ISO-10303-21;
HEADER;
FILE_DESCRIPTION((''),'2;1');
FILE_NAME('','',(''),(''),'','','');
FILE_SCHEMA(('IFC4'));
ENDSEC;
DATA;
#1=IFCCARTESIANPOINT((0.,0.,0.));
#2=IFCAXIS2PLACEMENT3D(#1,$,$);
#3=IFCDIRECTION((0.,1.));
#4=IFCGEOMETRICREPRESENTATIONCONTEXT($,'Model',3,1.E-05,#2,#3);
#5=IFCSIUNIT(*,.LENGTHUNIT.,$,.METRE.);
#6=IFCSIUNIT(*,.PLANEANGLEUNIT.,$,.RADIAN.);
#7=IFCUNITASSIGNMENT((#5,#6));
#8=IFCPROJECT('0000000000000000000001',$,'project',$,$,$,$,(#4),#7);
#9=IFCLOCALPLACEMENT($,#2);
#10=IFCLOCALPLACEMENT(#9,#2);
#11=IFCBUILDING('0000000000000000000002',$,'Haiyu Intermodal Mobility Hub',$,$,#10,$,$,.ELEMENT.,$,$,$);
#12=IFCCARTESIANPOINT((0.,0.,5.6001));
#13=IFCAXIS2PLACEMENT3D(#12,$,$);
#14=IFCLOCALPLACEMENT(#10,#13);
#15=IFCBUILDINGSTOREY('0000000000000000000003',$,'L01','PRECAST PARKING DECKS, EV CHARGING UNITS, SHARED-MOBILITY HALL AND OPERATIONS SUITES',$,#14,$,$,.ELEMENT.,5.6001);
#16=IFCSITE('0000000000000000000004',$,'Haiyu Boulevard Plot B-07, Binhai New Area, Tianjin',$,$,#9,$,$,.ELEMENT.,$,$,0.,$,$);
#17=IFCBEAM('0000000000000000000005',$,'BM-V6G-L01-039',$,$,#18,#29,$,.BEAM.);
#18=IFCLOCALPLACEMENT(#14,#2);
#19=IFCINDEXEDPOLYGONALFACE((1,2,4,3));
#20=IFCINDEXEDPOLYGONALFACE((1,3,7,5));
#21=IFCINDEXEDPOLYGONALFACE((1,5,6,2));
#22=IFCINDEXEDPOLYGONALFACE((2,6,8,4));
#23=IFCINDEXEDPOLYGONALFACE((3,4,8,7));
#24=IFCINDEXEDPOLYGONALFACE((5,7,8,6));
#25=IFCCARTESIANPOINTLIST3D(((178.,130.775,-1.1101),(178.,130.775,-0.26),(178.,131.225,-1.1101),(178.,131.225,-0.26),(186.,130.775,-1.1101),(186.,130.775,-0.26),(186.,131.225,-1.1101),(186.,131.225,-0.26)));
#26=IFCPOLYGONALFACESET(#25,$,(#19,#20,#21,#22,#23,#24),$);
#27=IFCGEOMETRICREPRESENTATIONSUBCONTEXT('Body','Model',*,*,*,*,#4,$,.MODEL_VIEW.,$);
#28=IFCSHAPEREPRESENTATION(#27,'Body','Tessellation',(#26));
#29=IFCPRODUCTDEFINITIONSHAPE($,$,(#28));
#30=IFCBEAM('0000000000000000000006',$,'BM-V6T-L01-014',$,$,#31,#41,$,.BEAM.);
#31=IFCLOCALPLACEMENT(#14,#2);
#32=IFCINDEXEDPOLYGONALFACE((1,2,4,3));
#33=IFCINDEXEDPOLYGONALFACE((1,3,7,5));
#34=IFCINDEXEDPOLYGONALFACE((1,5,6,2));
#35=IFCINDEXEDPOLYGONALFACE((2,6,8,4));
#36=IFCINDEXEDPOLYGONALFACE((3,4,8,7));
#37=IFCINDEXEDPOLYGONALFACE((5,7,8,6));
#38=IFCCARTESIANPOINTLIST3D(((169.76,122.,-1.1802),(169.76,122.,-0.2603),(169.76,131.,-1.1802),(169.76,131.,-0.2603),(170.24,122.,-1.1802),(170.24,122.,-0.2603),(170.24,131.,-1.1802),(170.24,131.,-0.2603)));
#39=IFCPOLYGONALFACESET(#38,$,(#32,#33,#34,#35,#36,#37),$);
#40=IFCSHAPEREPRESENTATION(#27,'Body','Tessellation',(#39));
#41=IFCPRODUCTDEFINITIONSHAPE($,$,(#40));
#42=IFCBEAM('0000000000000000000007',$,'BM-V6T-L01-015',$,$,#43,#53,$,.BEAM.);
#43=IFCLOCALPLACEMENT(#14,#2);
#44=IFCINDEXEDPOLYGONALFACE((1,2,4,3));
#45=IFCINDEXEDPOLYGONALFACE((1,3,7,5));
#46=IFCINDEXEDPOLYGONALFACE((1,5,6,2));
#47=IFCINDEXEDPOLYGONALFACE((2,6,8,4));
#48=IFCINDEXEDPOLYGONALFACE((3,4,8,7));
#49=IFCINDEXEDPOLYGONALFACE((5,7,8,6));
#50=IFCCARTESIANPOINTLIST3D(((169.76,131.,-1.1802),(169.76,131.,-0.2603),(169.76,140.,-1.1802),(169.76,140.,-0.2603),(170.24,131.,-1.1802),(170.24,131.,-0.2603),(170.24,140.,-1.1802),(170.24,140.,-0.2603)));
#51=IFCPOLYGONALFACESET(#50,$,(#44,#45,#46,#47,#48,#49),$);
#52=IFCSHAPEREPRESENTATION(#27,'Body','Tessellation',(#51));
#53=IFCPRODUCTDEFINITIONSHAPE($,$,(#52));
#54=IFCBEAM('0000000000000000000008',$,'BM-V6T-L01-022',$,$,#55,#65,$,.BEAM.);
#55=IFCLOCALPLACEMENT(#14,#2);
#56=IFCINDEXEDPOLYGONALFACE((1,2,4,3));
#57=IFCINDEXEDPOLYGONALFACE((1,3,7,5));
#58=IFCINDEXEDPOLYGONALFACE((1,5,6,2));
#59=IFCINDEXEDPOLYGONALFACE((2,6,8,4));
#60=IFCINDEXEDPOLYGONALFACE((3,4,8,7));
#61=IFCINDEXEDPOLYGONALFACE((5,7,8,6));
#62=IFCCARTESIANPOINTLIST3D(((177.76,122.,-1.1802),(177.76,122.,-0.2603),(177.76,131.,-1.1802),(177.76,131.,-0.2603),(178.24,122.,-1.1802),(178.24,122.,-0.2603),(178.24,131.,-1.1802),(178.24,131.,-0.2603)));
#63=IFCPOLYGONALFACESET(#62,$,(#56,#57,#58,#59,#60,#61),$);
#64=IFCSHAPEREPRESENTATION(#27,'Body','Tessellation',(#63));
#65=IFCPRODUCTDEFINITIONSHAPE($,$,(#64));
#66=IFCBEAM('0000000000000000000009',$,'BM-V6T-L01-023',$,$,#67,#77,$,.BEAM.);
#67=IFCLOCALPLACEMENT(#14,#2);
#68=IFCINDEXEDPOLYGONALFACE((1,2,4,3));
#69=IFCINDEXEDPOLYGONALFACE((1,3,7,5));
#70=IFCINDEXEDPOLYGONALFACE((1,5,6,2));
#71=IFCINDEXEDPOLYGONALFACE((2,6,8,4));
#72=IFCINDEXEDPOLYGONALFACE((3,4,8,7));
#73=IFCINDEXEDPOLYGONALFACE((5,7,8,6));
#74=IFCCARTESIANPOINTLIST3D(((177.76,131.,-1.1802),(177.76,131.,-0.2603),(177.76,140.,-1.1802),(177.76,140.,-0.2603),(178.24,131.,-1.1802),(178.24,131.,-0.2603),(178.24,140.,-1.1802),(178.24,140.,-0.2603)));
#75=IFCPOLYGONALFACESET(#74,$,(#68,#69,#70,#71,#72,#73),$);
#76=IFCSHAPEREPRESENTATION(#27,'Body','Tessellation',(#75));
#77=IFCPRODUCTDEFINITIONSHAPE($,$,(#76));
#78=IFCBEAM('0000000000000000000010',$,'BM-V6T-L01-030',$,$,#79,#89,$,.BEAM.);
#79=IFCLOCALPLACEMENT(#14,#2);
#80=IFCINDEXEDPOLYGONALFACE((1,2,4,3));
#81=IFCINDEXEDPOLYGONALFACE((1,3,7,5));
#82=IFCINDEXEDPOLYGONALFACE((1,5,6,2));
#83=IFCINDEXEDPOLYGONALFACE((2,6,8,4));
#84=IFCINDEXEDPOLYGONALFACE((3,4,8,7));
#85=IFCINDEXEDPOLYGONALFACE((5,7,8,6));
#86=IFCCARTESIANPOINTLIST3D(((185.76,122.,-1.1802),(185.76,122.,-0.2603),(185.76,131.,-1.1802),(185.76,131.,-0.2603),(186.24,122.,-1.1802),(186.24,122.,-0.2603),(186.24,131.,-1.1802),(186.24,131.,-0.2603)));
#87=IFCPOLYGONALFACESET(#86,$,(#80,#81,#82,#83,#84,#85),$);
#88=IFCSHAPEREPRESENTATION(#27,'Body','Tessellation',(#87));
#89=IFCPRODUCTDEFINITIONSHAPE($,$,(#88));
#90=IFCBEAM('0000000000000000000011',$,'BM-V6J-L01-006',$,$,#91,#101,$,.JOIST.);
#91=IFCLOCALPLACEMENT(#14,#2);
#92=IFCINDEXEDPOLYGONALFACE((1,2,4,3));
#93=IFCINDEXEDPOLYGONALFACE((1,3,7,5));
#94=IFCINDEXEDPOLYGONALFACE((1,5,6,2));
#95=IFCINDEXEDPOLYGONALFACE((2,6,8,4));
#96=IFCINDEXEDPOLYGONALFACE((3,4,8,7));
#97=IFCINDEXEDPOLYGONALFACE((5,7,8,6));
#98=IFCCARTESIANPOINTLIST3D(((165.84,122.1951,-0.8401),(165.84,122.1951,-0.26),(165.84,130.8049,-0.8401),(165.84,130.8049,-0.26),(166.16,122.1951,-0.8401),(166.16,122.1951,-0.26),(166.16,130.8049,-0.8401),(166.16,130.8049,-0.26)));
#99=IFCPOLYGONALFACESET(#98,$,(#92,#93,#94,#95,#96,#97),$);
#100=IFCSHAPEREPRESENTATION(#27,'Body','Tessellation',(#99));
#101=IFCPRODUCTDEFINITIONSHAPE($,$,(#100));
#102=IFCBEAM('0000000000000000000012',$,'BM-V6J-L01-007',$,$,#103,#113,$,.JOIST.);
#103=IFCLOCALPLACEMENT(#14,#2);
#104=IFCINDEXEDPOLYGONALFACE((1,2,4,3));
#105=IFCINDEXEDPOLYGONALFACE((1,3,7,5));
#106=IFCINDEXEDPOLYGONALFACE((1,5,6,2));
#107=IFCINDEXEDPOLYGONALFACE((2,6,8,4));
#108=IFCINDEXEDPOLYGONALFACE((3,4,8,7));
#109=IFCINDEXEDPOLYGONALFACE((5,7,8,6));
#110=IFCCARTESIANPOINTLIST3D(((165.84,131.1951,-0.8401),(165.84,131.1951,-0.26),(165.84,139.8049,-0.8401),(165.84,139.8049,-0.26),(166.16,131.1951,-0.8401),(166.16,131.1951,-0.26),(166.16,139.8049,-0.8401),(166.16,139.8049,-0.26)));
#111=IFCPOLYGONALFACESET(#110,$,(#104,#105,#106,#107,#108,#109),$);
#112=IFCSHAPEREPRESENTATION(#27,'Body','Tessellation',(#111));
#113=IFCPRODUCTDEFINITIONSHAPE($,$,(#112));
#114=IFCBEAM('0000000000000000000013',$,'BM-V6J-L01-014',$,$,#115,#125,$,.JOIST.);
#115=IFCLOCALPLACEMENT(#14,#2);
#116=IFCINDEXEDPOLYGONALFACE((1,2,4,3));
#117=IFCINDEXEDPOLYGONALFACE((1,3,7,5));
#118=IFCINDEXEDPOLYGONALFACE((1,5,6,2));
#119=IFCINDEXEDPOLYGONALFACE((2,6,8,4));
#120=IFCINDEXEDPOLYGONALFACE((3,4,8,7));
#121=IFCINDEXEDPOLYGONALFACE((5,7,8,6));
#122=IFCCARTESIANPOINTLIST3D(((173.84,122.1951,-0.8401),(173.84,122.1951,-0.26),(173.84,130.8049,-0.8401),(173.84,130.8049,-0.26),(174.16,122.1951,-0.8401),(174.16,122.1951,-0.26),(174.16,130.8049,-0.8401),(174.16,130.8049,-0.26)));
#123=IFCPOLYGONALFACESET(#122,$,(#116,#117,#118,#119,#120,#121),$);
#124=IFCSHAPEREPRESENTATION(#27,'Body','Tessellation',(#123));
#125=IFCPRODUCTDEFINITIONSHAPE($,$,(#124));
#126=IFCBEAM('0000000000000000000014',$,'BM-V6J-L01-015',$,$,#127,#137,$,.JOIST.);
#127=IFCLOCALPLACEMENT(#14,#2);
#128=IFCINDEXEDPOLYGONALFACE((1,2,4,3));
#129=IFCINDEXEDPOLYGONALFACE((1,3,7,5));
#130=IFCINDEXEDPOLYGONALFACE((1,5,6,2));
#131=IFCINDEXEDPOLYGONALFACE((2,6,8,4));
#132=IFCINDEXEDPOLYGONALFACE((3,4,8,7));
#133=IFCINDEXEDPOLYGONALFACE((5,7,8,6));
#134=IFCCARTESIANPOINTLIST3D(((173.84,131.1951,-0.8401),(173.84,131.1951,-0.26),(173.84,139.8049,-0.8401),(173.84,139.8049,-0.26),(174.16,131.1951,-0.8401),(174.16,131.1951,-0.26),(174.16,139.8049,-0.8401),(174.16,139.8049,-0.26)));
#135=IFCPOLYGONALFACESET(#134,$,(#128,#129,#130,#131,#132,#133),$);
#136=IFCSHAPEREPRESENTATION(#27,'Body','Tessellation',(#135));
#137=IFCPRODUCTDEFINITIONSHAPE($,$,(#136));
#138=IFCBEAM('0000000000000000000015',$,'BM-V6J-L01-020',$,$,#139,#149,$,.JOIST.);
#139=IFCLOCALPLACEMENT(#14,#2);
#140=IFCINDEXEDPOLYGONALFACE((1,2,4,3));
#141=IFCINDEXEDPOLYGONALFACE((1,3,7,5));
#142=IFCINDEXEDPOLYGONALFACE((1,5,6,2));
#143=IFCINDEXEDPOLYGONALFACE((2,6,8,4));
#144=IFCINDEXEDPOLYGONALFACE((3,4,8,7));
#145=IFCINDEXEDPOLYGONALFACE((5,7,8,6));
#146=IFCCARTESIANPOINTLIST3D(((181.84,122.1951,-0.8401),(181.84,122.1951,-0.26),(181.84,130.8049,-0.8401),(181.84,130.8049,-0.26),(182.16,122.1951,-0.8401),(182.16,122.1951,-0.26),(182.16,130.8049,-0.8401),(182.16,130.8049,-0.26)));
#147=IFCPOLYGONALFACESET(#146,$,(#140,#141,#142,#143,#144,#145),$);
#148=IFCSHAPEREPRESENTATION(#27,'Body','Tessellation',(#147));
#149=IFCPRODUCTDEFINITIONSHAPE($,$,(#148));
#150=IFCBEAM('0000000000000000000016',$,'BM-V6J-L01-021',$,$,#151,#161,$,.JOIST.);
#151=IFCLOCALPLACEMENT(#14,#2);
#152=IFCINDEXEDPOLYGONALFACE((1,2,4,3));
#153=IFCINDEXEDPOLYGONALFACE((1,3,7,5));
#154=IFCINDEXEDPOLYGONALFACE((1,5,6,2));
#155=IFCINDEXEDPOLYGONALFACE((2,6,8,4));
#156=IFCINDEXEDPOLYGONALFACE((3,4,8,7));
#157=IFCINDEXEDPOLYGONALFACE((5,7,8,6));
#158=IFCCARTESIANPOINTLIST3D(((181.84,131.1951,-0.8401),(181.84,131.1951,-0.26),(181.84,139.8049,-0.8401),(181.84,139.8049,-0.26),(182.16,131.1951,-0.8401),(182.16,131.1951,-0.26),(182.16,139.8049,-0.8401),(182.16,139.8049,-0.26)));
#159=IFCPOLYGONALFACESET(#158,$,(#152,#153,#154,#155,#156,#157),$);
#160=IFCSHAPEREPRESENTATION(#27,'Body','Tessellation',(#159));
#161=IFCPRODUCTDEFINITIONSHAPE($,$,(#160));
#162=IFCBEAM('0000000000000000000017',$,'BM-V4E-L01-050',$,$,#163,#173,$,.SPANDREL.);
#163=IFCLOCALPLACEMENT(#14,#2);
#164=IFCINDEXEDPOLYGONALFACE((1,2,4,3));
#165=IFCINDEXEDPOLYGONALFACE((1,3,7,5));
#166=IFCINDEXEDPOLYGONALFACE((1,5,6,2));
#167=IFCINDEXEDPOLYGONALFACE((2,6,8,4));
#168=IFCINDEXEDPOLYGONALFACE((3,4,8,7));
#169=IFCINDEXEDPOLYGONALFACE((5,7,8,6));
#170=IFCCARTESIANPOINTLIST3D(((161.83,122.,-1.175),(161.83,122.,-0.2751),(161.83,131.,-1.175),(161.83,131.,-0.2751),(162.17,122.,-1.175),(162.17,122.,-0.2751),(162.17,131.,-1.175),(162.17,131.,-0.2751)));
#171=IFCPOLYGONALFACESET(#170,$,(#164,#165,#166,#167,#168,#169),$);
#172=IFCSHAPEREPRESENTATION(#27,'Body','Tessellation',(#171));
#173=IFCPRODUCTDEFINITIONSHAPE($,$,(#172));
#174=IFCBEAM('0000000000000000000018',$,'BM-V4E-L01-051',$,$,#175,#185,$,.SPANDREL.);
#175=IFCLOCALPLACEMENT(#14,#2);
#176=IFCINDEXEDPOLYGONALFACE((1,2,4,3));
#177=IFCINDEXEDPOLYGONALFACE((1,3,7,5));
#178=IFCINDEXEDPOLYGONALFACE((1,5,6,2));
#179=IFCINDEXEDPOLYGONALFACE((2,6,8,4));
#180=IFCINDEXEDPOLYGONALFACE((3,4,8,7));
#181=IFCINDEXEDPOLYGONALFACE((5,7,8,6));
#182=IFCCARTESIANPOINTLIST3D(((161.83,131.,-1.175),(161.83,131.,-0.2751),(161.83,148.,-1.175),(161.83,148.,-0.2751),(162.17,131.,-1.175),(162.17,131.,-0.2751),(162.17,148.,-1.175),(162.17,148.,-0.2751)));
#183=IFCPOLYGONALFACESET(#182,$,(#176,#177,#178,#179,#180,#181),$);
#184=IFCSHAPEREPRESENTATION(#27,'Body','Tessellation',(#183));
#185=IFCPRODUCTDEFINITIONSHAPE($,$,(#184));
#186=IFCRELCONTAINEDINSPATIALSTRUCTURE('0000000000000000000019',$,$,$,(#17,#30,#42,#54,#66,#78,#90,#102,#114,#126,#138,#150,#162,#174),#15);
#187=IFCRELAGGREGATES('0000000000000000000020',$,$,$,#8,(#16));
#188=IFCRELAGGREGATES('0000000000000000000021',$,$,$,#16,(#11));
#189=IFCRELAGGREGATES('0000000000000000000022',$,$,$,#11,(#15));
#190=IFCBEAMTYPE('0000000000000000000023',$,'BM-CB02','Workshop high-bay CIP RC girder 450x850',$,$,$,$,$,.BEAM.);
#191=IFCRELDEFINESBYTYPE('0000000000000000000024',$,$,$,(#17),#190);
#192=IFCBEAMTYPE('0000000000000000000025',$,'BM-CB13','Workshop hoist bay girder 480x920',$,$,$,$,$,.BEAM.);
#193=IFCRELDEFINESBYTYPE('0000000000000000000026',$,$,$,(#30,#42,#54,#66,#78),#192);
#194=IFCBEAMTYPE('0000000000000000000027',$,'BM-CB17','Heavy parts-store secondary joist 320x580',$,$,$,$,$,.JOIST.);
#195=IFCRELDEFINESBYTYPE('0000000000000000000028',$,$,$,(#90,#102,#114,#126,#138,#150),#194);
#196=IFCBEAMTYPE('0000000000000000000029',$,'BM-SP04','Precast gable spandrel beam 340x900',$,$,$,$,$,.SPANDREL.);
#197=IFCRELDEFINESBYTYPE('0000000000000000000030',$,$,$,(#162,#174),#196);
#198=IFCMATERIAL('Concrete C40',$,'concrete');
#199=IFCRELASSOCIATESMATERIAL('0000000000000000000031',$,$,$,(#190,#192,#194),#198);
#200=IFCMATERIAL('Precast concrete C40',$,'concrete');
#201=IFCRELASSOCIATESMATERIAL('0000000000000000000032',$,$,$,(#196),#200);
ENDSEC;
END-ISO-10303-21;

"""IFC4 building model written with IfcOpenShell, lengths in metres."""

from ifc_helpers import new_model, si_unit, direction, frame, origin, origin_2d, place, context, subcontext, project, spatial, rectangle, extrude, material, material_profile, profile_set, type_object, element, save


model = new_model("IFC4")

# Units and contexts
model_context = context("Model", 3, precision=1e-05, world=origin(), true_north=direction((0.0, 1.0)))
body_context = subcontext(model_context, "Body", "Model", "MODEL_VIEW")
ifc_project = project(units=[si_unit("LENGTHUNIT", "METRE"), si_unit("PLANEANGLEUNIT", "RADIAN")], contexts=[model_context])

# Site, building, storey
site_placement = place(None, origin())
site = spatial("IfcSite", under=ifc_project, at=site_placement, Name="Haiyu Boulevard Plot B-07, Binhai New Area, Tianjin", CompositionType="ELEMENT", RefElevation=0.0)
building_placement = place(site_placement, origin())
building = spatial("IfcBuilding", under=site, at=building_placement, Name="Haiyu Intermodal Mobility Hub", CompositionType="ELEMENT")
storey_placement = place(building_placement, frame((0.0, 0.0, 5.6001)))
storey = spatial("IfcBuildingStorey", under=building, at=storey_placement, Name="L01", Description="PRECAST PARKING DECKS, EV CHARGING UNITS, SHARED-MOBILITY HALL AND OPERATIONS SUITES", CompositionType="ELEMENT", Elevation=5.6001)

# Shared definitions
ifc_material_1 = material(Name="Precast concrete C40", Category="concrete")
ifc_material_2 = material(Name="Concrete C40", Category="concrete")

# Beams
ifc_material_profile_1 = material_profile(ifc_material_2, rectangle(XDim=0.45, YDim=0.8501, at=origin_2d()), Name="RCB450x850")
ifc_profile_set_1 = profile_set([ifc_material_profile_1], Name="Concrete C40")
beam_type_1 = type_object("IfcBeamType", Name="BM-CB02", Description="Workshop high-bay CIP RC girder 450x850", PredefinedType="BEAM", material=ifc_profile_set_1)
for number, where, z_axis, x_axis, name in (
    (1, (178.0, 131.0, -0.6851), (1.0, 0.0, 0.0), (0.0, 1.0, 0.0), "BM-V6G-L01-039"),
):
    element("IfcBeam", number, at=place(storey_placement, frame(where, z_axis=z_axis, x_axis=x_axis)), inside=storey, type_object=beam_type_1, Name=name, PredefinedType="BEAM", context=body_context, shape_type="SweptSolid", body=[
        extrude(rectangle(XDim=0.45, YDim=0.8501, at=origin_2d()), origin(), (0.0, 0.0, 1.0), 8.0),
    ])
ifc_material_profile_2 = material_profile(ifc_material_2, rectangle(XDim=0.48, YDim=0.9199, at=origin_2d()), Name="B480x920")
ifc_profile_set_2 = profile_set([ifc_material_profile_2], Name="Concrete C40")
beam_type_2 = type_object("IfcBeamType", Name="BM-CB13", Description="Workshop hoist bay girder 480x920", PredefinedType="BEAM", material=ifc_profile_set_2)
for number, where, z_axis, x_axis, name in (
    (2, (170.0, 122.0, -0.7202), (0.0, 1.0, 0.0), (-1.0, 0.0, 0.0), "BM-V6T-L01-014"),
    (3, (170.0, 131.0, -0.7202), (0.0, 1.0, 0.0), (-1.0, 0.0, 0.0), "BM-V6T-L01-015"),
    (4, (178.0, 122.0, -0.7202), (0.0, 1.0, 0.0), (-1.0, 0.0, 0.0), "BM-V6T-L01-022"),
    (5, (178.0, 131.0, -0.7202), (0.0, 1.0, 0.0), (-1.0, 0.0, 0.0), "BM-V6T-L01-023"),
    (6, (186.0, 122.0, -0.7202), (0.0, 1.0, 0.0), (-1.0, 0.0, 0.0), "BM-V6T-L01-030"),
):
    element("IfcBeam", number, at=place(storey_placement, frame(where, z_axis=z_axis, x_axis=x_axis)), inside=storey, type_object=beam_type_2, Name=name, PredefinedType="BEAM", context=body_context, shape_type="SweptSolid", body=[
        extrude(rectangle(XDim=0.48, YDim=0.9199, at=origin_2d()), origin(), (0.0, 0.0, 1.0), 9.0),
    ])
ifc_material_profile_3 = material_profile(ifc_material_2, rectangle(XDim=0.3201, YDim=0.5801, at=origin_2d()), Name="B320x580")
ifc_profile_set_3 = profile_set([ifc_material_profile_3], Name="Concrete C40")
beam_type_3 = type_object("IfcBeamType", Name="BM-CB17", Description="Heavy parts-store secondary joist 320x580", PredefinedType="JOIST", material=ifc_profile_set_3)
for number, where, z_axis, x_axis, name in (
    (7, (166.0, 122.1951, -0.55), (0.0, 1.0, 0.0), (-1.0, 0.0, 0.0), "BM-V6J-L01-006"),
    (8, (166.0, 131.1951, -0.55), (0.0, 1.0, 0.0), (-1.0, 0.0, 0.0), "BM-V6J-L01-007"),
    (9, (174.0, 122.1951, -0.55), (0.0, 1.0, 0.0), (-1.0, 0.0, 0.0), "BM-V6J-L01-014"),
    (10, (174.0, 131.1951, -0.55), (0.0, 1.0, 0.0), (-1.0, 0.0, 0.0), "BM-V6J-L01-015"),
    (11, (182.0, 122.1951, -0.55), (0.0, 1.0, 0.0), (-1.0, 0.0, 0.0), "BM-V6J-L01-020"),
    (12, (182.0, 131.1951, -0.55), (0.0, 1.0, 0.0), (-1.0, 0.0, 0.0), "BM-V6J-L01-021"),
):
    element("IfcBeam", number, at=place(storey_placement, frame(where, z_axis=z_axis, x_axis=x_axis)), inside=storey, type_object=beam_type_3, Name=name, PredefinedType="JOIST", context=body_context, shape_type="SweptSolid", body=[
        extrude(rectangle(XDim=0.3201, YDim=0.5801, at=origin_2d()), origin(), (0.0, 0.0, 1.0), 8.6099),
    ])
ifc_material_profile_4 = material_profile(ifc_material_1, rectangle(XDim=0.3401, YDim=0.8999, at=origin_2d()), Name="B340x900")
ifc_profile_set_4 = profile_set([ifc_material_profile_4], Name="Precast concrete C40")
beam_type_4 = type_object("IfcBeamType", Name="BM-SP04", Description="Precast gable spandrel beam 340x900", PredefinedType="SPANDREL", material=ifc_profile_set_4)
beam_1_placement = place(storey_placement, frame((162.0, 122.0, -0.7251), z_axis=(0.0, 1.0, 0.0), x_axis=(-1.0, 0.0, 0.0)))
element("IfcBeam", 13, at=beam_1_placement, inside=storey, type_object=beam_type_4, Name="BM-V4E-L01-050", PredefinedType="SPANDREL", context=body_context, shape_type="SweptSolid", body=[
    extrude(rectangle(XDim=0.3401, YDim=0.8999, at=origin_2d()), origin(), (0.0, 0.0, 1.0), 9.0),
])
beam_2_placement = place(storey_placement, frame((162.0, 131.0, -0.7251), z_axis=(0.0, 1.0, 0.0), x_axis=(-1.0, 0.0, 0.0)))
element("IfcBeam", 14, at=beam_2_placement, inside=storey, type_object=beam_type_4, Name="BM-V4E-L01-051", PredefinedType="SPANDREL", context=body_context, shape_type="SweptSolid", body=[
    extrude(rectangle(XDim=0.3401, YDim=0.8999, at=origin_2d()), origin(), (0.0, 0.0, 1.0), 17.0),
])

save(model, "model.ifc")
